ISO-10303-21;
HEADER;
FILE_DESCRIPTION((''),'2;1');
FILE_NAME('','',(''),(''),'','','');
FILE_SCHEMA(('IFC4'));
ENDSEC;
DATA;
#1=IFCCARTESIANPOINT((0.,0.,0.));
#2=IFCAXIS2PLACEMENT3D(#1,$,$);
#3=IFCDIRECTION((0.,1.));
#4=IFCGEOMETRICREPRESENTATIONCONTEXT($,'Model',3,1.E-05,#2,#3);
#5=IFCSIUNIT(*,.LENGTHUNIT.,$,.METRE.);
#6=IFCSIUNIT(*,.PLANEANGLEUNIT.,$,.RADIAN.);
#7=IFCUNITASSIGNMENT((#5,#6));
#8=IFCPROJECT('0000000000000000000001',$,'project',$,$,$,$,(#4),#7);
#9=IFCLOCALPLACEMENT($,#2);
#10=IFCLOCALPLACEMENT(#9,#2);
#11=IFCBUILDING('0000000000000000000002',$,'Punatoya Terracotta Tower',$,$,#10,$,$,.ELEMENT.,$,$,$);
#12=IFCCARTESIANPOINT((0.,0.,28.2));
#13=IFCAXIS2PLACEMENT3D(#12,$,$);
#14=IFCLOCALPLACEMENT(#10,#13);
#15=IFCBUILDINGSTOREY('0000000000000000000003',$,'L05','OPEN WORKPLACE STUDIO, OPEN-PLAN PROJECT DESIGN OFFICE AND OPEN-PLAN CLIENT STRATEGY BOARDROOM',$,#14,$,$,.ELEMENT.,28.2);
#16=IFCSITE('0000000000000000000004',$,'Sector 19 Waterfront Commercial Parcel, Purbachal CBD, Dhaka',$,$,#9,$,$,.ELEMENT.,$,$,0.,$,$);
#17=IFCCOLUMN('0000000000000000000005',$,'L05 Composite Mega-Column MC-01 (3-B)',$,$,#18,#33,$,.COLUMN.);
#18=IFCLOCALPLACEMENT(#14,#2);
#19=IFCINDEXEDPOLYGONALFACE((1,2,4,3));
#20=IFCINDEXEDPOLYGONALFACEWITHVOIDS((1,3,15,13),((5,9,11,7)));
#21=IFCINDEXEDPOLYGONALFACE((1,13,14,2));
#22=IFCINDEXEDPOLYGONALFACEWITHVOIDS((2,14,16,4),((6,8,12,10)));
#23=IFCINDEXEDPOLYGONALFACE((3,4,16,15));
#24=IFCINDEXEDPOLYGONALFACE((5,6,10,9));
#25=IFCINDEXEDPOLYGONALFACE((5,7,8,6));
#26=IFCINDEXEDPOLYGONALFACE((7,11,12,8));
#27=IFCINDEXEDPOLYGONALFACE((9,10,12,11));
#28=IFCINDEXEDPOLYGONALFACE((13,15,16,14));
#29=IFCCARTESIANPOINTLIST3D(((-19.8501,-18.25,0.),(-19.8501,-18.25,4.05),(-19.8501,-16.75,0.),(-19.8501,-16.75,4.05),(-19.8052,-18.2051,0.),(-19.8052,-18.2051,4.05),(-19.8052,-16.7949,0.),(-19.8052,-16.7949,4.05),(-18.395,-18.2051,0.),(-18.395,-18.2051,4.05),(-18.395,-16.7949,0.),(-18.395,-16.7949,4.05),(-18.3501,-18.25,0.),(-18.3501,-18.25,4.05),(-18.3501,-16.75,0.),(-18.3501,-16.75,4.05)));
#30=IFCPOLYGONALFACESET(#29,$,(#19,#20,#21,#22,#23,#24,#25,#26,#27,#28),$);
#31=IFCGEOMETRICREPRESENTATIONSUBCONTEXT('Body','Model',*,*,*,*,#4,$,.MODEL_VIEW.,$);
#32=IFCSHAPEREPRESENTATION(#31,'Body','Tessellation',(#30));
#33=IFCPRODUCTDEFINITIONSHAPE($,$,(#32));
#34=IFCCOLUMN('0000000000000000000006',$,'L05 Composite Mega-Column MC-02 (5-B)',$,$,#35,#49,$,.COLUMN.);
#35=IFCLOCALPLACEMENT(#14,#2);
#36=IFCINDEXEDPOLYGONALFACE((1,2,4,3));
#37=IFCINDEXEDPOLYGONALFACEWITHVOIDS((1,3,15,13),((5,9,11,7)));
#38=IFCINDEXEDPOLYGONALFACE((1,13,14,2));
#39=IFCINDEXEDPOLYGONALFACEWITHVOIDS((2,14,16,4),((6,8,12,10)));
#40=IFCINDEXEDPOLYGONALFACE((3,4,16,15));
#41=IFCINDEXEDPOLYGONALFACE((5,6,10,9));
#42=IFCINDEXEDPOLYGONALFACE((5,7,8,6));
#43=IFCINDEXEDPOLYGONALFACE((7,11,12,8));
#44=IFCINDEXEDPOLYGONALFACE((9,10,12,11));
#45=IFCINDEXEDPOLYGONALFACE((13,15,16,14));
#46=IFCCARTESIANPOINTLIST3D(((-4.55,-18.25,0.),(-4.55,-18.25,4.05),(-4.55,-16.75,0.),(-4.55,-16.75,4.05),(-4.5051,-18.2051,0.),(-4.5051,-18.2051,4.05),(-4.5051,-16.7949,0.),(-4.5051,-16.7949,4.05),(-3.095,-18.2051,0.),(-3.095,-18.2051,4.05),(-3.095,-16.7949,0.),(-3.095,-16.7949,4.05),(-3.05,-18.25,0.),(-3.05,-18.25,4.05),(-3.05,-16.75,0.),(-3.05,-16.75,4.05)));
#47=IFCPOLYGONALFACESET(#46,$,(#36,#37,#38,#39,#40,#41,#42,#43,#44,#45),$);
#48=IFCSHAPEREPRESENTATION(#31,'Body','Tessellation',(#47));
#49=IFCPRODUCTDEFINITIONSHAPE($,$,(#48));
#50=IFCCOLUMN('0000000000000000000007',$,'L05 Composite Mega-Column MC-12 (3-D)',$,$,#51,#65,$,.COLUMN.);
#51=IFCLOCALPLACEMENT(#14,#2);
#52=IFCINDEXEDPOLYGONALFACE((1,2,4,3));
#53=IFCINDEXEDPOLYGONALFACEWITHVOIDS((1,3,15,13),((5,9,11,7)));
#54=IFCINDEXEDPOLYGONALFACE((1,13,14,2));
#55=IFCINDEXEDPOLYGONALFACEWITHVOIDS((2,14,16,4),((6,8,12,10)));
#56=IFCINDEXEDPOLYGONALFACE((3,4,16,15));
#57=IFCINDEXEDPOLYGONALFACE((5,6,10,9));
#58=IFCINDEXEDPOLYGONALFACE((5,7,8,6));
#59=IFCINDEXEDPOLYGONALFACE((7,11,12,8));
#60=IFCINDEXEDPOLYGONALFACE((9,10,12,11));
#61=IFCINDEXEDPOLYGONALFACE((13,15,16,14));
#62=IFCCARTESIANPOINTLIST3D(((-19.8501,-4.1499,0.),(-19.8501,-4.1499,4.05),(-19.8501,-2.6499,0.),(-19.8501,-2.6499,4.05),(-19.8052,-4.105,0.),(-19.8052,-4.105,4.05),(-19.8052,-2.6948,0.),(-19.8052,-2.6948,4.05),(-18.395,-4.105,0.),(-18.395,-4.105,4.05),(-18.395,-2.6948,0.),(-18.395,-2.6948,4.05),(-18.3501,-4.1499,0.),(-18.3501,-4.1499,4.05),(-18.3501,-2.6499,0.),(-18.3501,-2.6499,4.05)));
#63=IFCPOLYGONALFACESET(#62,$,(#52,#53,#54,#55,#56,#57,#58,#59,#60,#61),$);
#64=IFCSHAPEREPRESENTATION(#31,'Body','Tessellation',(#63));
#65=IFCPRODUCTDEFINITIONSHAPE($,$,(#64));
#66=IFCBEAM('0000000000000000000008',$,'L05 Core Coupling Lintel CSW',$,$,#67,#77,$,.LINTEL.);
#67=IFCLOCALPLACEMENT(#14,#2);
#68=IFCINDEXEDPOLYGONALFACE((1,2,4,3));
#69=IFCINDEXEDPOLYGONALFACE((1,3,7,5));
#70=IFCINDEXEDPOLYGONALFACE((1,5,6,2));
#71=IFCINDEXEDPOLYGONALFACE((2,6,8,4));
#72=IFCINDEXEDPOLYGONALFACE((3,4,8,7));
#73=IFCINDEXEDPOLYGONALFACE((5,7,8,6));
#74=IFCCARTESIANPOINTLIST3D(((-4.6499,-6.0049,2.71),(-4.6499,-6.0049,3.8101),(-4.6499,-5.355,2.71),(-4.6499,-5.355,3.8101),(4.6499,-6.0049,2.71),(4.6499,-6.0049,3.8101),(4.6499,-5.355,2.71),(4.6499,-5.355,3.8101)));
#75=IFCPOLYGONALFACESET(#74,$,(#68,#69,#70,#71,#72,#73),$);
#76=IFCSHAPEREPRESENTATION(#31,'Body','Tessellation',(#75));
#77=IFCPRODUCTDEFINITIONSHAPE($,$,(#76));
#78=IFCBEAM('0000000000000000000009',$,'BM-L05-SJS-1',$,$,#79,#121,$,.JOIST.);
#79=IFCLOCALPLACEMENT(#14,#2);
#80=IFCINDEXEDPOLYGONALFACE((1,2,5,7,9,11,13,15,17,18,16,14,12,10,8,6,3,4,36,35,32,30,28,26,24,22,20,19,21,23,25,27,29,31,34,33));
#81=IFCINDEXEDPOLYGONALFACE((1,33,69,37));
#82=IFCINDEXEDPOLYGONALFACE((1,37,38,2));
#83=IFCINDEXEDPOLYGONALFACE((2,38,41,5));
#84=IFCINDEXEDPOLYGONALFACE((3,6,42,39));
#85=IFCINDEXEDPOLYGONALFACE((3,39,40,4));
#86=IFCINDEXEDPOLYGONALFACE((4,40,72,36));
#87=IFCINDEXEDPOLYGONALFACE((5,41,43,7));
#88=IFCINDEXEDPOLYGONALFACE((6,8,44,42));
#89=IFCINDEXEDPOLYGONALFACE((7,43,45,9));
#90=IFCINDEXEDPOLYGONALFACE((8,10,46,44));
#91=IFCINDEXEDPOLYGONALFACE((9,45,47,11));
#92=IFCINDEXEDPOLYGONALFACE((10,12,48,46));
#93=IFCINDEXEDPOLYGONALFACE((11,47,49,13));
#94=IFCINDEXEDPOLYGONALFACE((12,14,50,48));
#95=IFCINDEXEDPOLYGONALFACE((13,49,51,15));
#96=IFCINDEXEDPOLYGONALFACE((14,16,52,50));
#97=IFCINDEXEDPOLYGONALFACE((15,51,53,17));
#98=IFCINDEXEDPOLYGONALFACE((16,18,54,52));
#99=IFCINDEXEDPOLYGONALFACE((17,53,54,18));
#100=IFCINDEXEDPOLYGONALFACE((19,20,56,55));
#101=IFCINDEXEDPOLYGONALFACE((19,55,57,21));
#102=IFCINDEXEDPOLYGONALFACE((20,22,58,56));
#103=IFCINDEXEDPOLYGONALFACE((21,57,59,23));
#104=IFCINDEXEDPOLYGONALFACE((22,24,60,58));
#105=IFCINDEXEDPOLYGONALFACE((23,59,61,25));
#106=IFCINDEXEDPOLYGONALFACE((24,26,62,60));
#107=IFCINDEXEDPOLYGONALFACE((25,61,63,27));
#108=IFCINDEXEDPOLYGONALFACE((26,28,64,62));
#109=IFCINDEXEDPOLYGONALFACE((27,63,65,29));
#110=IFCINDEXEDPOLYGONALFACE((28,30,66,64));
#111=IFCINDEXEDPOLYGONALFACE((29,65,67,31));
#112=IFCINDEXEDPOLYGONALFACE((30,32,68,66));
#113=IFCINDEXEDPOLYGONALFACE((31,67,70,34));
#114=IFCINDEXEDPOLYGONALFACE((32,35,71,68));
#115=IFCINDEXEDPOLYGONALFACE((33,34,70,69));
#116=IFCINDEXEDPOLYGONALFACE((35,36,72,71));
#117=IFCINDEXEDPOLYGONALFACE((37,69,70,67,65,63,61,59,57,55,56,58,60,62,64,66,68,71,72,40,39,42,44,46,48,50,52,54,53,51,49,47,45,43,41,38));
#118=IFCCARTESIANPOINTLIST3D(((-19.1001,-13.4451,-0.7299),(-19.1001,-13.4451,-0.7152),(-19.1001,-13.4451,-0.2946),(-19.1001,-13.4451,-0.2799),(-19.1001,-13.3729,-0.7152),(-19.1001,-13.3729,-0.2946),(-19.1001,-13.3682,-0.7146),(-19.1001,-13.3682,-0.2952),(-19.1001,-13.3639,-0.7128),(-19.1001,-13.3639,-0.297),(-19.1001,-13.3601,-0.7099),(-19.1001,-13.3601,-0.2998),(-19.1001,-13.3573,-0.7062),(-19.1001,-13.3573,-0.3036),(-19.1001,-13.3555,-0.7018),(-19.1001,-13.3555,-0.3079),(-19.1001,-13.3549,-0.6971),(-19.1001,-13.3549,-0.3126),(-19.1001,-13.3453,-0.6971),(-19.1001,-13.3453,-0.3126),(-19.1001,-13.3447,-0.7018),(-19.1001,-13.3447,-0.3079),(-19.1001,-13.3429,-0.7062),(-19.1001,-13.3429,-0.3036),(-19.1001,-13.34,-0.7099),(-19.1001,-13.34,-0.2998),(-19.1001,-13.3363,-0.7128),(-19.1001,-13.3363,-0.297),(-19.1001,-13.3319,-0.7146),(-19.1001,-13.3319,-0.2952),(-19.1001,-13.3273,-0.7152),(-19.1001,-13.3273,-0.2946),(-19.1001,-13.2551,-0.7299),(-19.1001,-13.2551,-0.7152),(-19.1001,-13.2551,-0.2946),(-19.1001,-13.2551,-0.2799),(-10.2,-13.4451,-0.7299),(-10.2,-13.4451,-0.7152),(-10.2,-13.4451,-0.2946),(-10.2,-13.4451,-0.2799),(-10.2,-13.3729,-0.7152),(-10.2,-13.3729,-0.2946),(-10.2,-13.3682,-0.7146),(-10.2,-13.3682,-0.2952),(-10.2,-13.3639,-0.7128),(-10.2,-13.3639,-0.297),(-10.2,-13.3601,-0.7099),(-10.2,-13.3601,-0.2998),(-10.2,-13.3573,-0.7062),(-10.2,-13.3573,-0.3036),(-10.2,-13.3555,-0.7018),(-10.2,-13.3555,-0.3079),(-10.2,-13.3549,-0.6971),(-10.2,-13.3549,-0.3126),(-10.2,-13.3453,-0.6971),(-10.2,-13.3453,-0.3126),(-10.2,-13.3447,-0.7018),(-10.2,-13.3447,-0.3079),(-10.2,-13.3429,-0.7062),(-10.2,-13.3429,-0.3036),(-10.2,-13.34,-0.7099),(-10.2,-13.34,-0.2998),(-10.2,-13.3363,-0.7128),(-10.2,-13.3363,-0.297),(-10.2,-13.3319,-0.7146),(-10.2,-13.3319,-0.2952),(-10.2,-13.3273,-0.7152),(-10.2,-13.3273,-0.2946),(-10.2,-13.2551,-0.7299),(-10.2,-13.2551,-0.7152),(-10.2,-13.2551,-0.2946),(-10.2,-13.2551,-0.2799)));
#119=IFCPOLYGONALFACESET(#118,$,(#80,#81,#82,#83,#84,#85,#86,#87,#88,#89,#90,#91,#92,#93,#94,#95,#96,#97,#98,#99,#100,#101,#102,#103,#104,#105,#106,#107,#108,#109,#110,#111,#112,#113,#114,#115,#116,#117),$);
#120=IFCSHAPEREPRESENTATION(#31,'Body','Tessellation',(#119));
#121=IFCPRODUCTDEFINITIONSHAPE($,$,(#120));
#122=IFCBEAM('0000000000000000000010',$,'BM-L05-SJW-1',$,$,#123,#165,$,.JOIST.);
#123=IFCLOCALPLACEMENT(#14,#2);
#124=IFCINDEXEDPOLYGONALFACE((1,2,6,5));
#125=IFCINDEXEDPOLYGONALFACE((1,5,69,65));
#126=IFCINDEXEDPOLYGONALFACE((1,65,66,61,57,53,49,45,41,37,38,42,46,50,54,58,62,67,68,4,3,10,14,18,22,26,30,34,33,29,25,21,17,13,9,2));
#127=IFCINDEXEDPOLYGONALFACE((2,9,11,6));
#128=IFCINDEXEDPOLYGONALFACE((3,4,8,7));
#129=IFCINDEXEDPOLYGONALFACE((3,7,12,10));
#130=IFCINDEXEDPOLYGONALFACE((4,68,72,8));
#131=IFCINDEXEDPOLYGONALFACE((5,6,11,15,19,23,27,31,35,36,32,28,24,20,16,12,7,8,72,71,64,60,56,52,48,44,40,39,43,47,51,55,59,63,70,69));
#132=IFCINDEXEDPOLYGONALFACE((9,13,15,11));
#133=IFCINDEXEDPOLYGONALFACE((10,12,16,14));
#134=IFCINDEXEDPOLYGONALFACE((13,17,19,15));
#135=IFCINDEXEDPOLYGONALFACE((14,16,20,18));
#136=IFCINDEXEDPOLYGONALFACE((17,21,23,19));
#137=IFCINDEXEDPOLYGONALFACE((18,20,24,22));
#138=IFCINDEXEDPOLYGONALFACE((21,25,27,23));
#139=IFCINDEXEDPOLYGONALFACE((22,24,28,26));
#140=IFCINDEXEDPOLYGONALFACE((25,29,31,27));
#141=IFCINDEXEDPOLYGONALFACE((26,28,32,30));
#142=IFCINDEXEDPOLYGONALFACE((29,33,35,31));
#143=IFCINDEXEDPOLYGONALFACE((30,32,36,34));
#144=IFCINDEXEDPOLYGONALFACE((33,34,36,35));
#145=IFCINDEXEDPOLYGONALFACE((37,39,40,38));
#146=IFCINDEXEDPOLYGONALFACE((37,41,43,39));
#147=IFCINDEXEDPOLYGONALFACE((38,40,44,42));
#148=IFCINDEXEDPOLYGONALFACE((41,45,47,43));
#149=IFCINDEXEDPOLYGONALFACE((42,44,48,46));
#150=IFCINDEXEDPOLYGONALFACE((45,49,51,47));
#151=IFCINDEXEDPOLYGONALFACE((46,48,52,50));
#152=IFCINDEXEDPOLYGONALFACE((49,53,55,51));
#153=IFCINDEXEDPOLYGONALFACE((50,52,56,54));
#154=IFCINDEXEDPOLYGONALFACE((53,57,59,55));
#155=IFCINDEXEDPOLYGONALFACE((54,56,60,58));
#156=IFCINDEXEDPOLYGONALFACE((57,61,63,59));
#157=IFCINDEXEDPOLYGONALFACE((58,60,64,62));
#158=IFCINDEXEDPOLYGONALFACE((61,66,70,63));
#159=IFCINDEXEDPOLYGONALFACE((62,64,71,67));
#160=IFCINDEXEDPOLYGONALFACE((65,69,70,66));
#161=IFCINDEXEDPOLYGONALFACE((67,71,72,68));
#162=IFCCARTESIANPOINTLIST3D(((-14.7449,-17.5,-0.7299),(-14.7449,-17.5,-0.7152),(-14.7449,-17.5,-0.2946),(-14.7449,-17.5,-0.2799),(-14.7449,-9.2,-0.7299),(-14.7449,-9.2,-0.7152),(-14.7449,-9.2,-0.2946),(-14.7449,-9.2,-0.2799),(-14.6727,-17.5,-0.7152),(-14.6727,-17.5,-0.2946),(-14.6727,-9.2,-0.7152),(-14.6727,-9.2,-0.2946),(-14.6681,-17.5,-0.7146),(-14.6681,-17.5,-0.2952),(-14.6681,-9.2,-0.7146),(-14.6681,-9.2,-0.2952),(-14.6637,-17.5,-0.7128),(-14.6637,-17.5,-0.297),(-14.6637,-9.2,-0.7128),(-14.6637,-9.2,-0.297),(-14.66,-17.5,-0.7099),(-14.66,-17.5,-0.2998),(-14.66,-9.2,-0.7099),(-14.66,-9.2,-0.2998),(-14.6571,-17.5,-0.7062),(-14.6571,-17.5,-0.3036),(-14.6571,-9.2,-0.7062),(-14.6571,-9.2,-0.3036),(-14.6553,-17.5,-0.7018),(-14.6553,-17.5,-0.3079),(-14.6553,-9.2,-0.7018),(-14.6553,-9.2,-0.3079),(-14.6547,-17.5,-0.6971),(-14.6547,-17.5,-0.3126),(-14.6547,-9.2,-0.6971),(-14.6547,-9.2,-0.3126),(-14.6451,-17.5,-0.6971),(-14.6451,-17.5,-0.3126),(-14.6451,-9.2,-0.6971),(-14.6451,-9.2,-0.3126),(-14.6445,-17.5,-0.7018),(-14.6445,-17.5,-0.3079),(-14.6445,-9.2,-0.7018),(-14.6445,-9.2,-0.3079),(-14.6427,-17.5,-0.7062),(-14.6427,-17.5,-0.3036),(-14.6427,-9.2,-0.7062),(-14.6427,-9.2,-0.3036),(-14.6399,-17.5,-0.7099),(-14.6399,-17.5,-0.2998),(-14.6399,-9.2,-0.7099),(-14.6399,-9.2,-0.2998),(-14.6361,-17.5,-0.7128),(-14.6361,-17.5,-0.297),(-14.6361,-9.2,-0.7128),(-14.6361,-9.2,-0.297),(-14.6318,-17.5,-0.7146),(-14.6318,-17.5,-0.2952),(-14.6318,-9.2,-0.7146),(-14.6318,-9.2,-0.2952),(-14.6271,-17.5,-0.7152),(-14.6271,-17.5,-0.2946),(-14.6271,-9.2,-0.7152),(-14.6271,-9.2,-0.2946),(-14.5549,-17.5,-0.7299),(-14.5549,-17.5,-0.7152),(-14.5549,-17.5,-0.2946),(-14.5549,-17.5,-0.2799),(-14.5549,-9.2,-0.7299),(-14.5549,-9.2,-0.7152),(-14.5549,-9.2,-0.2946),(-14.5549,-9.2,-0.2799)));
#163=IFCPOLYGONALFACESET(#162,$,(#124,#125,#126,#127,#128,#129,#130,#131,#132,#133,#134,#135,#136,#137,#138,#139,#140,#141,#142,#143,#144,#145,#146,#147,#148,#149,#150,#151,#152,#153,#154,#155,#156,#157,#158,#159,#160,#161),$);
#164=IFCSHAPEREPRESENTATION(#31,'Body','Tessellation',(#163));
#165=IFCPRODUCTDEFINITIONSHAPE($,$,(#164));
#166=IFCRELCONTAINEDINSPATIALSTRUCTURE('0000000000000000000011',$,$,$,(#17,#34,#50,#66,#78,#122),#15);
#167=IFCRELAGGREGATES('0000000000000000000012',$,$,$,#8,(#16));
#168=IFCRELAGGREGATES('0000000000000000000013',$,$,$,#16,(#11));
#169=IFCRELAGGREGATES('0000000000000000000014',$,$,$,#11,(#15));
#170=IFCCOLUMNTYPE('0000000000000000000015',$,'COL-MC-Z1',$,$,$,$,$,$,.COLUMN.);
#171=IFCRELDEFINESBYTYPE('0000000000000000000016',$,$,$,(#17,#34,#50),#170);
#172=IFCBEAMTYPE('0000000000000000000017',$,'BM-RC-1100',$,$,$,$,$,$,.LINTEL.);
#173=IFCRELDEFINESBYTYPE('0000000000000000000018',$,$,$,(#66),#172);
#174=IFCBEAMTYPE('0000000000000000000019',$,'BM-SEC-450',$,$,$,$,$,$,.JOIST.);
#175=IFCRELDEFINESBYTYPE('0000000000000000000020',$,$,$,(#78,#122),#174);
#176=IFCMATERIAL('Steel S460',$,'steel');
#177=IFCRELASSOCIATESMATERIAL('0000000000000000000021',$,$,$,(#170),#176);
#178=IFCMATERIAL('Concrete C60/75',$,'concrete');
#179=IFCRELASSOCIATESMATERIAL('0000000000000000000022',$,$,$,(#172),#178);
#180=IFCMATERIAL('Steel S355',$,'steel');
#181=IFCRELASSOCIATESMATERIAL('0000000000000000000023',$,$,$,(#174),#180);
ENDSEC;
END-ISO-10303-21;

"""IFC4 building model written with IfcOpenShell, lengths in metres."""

from ifc_helpers import new_model, si_unit, direction, frame, origin, origin_2d, place, context, subcontext, project, spatial, rectangle, hollow_rectangle, i_section, extrude, material, material_profile, profile_set, type_object, element, save


model = new_model("IFC4")

# Units and contexts
model_context = context("Model", 3, precision=1e-05, world=origin(), true_north=direction((0.0, 1.0)))
body_context = subcontext(model_context, "Body", "Model", "MODEL_VIEW")
ifc_project = project(units=[si_unit("LENGTHUNIT", "METRE"), si_unit("PLANEANGLEUNIT", "RADIAN")], contexts=[model_context])

# Site, building, storey
site_placement = place(None, origin())
site = spatial("IfcSite", under=ifc_project, at=site_placement, Name="Sector 19 Waterfront Commercial Parcel, Purbachal CBD, Dhaka", CompositionType="ELEMENT", RefElevation=0.0)
building_placement = place(site_placement, origin())
building = spatial("IfcBuilding", under=site, at=building_placement, Name="Punatoya Terracotta Tower", CompositionType="ELEMENT")
storey_placement = place(building_placement, frame((0.0, 0.0, 28.2)))
storey = spatial("IfcBuildingStorey", under=building, at=storey_placement, Name="L05", Description="OPEN WORKPLACE STUDIO, OPEN-PLAN PROJECT DESIGN OFFICE AND OPEN-PLAN CLIENT STRATEGY BOARDROOM", CompositionType="ELEMENT", Elevation=28.2)

# Columns
ifc_material_1 = material(Name="Steel S460", Category="steel")
ifc_material_profile_1 = material_profile(ifc_material_1, hollow_rectangle(XDim=1.5, YDim=1.5, WallThickness=0.0449, at=origin_2d()))
ifc_profile_set_1 = profile_set([ifc_material_profile_1], Name="Steel S460")
column_type = type_object("IfcColumnType", Name="COL-MC-Z1", PredefinedType="COLUMN", material=ifc_profile_set_1)
for number, where, z_axis, x_axis, name in (
    (1, (-19.1001, -17.5, 0.0), (0.0, 0.0, 1.0), (1.0, 0.0, 0.0), "L05 Composite Mega-Column MC-01 (3-B)"),
    (2, (-3.8, -17.5, 0.0), (0.0, 0.0, 1.0), (1.0, 0.0, 0.0), "L05 Composite Mega-Column MC-02 (5-B)"),
    (3, (-19.1001, -3.3999, 0.0), (0.0, 0.0, 1.0), (1.0, 0.0, 0.0), "L05 Composite Mega-Column MC-12 (3-D)"),
):
    element("IfcColumn", number, at=place(storey_placement, frame(where, z_axis=z_axis, x_axis=x_axis)), inside=storey, type_object=column_type, Name=name, PredefinedType="COLUMN", context=body_context, shape_type="SweptSolid", body=[
        extrude(hollow_rectangle(XDim=1.5, YDim=1.5, WallThickness=0.0449, at=origin_2d()), origin(), (0.0, 0.0, 1.0), 4.05),
    ])

# Beams
ifc_material_2 = material(Name="Concrete C60/75", Category="concrete")
ifc_material_profile_2 = material_profile(ifc_material_2, rectangle(XDim=0.6499, YDim=1.1001, at=origin_2d()))
ifc_profile_set_2 = profile_set([ifc_material_profile_2], Name="Concrete C60/75")
beam_type_1 = type_object("IfcBeamType", Name="BM-RC-1100", PredefinedType="LINTEL", material=ifc_profile_set_2)
beam_1_placement = place(storey_placement, frame((-4.6499, -5.6799, 3.26), z_axis=(1.0, 0.0, 0.0), x_axis=(0.0, 1.0, 0.0)))
element("IfcBeam", 4, at=beam_1_placement, inside=storey, type_object=beam_type_1, Name="L05 Core Coupling Lintel CSW", PredefinedType="LINTEL", context=body_context, shape_type="SweptSolid", body=[
    extrude(rectangle(XDim=0.6499, YDim=1.1001, at=origin_2d()), origin(), (0.0, 0.0, 1.0), 9.2998),
])
ifc_material_3 = material(Name="Steel S355", Category="steel")
ifc_material_profile_3 = material_profile(ifc_material_3, i_section(OverallWidth=0.1899, OverallDepth=0.45, WebThickness=0.0095, FlangeThickness=0.0146, FilletRadius=0.0181, at=origin_2d()))
ifc_profile_set_3 = profile_set([ifc_material_profile_3], Name="Steel S355")
beam_type_2 = type_object("IfcBeamType", Name="BM-SEC-450", PredefinedType="JOIST", material=ifc_profile_set_3)
beam_2_placement = place(storey_placement, frame((-19.1001, -13.3501, -0.5049), z_axis=(1.0, 0.0, 0.0), x_axis=(0.0, 1.0, 0.0)))
element("IfcBeam", 5, at=beam_2_placement, inside=storey, type_object=beam_type_2, Name="BM-L05-SJS-1", PredefinedType="JOIST", context=body_context, shape_type="SweptSolid", body=[
    extrude(i_section(OverallWidth=0.1899, OverallDepth=0.45, WebThickness=0.0095, FlangeThickness=0.0146, FilletRadius=0.0181, at=origin_2d()), origin(), (0.0, 0.0, 1.0), 8.9001),
])
beam_3_placement = place(storey_placement, frame((-14.6499, -17.5, -0.5049), z_axis=(0.0, 1.0, 0.0), x_axis=(-1.0, 0.0, 0.0)))
element("IfcBeam", 6, at=beam_3_placement, inside=storey, type_object=beam_type_2, Name="BM-L05-SJW-1", PredefinedType="JOIST", context=body_context, shape_type="SweptSolid", body=[
    extrude(i_section(OverallWidth=0.1899, OverallDepth=0.45, WebThickness=0.0095, FlangeThickness=0.0146, FilletRadius=0.0181, at=origin_2d()), origin(), (0.0, 0.0, 1.0), 8.3),
])

save(model, "model.ifc")
